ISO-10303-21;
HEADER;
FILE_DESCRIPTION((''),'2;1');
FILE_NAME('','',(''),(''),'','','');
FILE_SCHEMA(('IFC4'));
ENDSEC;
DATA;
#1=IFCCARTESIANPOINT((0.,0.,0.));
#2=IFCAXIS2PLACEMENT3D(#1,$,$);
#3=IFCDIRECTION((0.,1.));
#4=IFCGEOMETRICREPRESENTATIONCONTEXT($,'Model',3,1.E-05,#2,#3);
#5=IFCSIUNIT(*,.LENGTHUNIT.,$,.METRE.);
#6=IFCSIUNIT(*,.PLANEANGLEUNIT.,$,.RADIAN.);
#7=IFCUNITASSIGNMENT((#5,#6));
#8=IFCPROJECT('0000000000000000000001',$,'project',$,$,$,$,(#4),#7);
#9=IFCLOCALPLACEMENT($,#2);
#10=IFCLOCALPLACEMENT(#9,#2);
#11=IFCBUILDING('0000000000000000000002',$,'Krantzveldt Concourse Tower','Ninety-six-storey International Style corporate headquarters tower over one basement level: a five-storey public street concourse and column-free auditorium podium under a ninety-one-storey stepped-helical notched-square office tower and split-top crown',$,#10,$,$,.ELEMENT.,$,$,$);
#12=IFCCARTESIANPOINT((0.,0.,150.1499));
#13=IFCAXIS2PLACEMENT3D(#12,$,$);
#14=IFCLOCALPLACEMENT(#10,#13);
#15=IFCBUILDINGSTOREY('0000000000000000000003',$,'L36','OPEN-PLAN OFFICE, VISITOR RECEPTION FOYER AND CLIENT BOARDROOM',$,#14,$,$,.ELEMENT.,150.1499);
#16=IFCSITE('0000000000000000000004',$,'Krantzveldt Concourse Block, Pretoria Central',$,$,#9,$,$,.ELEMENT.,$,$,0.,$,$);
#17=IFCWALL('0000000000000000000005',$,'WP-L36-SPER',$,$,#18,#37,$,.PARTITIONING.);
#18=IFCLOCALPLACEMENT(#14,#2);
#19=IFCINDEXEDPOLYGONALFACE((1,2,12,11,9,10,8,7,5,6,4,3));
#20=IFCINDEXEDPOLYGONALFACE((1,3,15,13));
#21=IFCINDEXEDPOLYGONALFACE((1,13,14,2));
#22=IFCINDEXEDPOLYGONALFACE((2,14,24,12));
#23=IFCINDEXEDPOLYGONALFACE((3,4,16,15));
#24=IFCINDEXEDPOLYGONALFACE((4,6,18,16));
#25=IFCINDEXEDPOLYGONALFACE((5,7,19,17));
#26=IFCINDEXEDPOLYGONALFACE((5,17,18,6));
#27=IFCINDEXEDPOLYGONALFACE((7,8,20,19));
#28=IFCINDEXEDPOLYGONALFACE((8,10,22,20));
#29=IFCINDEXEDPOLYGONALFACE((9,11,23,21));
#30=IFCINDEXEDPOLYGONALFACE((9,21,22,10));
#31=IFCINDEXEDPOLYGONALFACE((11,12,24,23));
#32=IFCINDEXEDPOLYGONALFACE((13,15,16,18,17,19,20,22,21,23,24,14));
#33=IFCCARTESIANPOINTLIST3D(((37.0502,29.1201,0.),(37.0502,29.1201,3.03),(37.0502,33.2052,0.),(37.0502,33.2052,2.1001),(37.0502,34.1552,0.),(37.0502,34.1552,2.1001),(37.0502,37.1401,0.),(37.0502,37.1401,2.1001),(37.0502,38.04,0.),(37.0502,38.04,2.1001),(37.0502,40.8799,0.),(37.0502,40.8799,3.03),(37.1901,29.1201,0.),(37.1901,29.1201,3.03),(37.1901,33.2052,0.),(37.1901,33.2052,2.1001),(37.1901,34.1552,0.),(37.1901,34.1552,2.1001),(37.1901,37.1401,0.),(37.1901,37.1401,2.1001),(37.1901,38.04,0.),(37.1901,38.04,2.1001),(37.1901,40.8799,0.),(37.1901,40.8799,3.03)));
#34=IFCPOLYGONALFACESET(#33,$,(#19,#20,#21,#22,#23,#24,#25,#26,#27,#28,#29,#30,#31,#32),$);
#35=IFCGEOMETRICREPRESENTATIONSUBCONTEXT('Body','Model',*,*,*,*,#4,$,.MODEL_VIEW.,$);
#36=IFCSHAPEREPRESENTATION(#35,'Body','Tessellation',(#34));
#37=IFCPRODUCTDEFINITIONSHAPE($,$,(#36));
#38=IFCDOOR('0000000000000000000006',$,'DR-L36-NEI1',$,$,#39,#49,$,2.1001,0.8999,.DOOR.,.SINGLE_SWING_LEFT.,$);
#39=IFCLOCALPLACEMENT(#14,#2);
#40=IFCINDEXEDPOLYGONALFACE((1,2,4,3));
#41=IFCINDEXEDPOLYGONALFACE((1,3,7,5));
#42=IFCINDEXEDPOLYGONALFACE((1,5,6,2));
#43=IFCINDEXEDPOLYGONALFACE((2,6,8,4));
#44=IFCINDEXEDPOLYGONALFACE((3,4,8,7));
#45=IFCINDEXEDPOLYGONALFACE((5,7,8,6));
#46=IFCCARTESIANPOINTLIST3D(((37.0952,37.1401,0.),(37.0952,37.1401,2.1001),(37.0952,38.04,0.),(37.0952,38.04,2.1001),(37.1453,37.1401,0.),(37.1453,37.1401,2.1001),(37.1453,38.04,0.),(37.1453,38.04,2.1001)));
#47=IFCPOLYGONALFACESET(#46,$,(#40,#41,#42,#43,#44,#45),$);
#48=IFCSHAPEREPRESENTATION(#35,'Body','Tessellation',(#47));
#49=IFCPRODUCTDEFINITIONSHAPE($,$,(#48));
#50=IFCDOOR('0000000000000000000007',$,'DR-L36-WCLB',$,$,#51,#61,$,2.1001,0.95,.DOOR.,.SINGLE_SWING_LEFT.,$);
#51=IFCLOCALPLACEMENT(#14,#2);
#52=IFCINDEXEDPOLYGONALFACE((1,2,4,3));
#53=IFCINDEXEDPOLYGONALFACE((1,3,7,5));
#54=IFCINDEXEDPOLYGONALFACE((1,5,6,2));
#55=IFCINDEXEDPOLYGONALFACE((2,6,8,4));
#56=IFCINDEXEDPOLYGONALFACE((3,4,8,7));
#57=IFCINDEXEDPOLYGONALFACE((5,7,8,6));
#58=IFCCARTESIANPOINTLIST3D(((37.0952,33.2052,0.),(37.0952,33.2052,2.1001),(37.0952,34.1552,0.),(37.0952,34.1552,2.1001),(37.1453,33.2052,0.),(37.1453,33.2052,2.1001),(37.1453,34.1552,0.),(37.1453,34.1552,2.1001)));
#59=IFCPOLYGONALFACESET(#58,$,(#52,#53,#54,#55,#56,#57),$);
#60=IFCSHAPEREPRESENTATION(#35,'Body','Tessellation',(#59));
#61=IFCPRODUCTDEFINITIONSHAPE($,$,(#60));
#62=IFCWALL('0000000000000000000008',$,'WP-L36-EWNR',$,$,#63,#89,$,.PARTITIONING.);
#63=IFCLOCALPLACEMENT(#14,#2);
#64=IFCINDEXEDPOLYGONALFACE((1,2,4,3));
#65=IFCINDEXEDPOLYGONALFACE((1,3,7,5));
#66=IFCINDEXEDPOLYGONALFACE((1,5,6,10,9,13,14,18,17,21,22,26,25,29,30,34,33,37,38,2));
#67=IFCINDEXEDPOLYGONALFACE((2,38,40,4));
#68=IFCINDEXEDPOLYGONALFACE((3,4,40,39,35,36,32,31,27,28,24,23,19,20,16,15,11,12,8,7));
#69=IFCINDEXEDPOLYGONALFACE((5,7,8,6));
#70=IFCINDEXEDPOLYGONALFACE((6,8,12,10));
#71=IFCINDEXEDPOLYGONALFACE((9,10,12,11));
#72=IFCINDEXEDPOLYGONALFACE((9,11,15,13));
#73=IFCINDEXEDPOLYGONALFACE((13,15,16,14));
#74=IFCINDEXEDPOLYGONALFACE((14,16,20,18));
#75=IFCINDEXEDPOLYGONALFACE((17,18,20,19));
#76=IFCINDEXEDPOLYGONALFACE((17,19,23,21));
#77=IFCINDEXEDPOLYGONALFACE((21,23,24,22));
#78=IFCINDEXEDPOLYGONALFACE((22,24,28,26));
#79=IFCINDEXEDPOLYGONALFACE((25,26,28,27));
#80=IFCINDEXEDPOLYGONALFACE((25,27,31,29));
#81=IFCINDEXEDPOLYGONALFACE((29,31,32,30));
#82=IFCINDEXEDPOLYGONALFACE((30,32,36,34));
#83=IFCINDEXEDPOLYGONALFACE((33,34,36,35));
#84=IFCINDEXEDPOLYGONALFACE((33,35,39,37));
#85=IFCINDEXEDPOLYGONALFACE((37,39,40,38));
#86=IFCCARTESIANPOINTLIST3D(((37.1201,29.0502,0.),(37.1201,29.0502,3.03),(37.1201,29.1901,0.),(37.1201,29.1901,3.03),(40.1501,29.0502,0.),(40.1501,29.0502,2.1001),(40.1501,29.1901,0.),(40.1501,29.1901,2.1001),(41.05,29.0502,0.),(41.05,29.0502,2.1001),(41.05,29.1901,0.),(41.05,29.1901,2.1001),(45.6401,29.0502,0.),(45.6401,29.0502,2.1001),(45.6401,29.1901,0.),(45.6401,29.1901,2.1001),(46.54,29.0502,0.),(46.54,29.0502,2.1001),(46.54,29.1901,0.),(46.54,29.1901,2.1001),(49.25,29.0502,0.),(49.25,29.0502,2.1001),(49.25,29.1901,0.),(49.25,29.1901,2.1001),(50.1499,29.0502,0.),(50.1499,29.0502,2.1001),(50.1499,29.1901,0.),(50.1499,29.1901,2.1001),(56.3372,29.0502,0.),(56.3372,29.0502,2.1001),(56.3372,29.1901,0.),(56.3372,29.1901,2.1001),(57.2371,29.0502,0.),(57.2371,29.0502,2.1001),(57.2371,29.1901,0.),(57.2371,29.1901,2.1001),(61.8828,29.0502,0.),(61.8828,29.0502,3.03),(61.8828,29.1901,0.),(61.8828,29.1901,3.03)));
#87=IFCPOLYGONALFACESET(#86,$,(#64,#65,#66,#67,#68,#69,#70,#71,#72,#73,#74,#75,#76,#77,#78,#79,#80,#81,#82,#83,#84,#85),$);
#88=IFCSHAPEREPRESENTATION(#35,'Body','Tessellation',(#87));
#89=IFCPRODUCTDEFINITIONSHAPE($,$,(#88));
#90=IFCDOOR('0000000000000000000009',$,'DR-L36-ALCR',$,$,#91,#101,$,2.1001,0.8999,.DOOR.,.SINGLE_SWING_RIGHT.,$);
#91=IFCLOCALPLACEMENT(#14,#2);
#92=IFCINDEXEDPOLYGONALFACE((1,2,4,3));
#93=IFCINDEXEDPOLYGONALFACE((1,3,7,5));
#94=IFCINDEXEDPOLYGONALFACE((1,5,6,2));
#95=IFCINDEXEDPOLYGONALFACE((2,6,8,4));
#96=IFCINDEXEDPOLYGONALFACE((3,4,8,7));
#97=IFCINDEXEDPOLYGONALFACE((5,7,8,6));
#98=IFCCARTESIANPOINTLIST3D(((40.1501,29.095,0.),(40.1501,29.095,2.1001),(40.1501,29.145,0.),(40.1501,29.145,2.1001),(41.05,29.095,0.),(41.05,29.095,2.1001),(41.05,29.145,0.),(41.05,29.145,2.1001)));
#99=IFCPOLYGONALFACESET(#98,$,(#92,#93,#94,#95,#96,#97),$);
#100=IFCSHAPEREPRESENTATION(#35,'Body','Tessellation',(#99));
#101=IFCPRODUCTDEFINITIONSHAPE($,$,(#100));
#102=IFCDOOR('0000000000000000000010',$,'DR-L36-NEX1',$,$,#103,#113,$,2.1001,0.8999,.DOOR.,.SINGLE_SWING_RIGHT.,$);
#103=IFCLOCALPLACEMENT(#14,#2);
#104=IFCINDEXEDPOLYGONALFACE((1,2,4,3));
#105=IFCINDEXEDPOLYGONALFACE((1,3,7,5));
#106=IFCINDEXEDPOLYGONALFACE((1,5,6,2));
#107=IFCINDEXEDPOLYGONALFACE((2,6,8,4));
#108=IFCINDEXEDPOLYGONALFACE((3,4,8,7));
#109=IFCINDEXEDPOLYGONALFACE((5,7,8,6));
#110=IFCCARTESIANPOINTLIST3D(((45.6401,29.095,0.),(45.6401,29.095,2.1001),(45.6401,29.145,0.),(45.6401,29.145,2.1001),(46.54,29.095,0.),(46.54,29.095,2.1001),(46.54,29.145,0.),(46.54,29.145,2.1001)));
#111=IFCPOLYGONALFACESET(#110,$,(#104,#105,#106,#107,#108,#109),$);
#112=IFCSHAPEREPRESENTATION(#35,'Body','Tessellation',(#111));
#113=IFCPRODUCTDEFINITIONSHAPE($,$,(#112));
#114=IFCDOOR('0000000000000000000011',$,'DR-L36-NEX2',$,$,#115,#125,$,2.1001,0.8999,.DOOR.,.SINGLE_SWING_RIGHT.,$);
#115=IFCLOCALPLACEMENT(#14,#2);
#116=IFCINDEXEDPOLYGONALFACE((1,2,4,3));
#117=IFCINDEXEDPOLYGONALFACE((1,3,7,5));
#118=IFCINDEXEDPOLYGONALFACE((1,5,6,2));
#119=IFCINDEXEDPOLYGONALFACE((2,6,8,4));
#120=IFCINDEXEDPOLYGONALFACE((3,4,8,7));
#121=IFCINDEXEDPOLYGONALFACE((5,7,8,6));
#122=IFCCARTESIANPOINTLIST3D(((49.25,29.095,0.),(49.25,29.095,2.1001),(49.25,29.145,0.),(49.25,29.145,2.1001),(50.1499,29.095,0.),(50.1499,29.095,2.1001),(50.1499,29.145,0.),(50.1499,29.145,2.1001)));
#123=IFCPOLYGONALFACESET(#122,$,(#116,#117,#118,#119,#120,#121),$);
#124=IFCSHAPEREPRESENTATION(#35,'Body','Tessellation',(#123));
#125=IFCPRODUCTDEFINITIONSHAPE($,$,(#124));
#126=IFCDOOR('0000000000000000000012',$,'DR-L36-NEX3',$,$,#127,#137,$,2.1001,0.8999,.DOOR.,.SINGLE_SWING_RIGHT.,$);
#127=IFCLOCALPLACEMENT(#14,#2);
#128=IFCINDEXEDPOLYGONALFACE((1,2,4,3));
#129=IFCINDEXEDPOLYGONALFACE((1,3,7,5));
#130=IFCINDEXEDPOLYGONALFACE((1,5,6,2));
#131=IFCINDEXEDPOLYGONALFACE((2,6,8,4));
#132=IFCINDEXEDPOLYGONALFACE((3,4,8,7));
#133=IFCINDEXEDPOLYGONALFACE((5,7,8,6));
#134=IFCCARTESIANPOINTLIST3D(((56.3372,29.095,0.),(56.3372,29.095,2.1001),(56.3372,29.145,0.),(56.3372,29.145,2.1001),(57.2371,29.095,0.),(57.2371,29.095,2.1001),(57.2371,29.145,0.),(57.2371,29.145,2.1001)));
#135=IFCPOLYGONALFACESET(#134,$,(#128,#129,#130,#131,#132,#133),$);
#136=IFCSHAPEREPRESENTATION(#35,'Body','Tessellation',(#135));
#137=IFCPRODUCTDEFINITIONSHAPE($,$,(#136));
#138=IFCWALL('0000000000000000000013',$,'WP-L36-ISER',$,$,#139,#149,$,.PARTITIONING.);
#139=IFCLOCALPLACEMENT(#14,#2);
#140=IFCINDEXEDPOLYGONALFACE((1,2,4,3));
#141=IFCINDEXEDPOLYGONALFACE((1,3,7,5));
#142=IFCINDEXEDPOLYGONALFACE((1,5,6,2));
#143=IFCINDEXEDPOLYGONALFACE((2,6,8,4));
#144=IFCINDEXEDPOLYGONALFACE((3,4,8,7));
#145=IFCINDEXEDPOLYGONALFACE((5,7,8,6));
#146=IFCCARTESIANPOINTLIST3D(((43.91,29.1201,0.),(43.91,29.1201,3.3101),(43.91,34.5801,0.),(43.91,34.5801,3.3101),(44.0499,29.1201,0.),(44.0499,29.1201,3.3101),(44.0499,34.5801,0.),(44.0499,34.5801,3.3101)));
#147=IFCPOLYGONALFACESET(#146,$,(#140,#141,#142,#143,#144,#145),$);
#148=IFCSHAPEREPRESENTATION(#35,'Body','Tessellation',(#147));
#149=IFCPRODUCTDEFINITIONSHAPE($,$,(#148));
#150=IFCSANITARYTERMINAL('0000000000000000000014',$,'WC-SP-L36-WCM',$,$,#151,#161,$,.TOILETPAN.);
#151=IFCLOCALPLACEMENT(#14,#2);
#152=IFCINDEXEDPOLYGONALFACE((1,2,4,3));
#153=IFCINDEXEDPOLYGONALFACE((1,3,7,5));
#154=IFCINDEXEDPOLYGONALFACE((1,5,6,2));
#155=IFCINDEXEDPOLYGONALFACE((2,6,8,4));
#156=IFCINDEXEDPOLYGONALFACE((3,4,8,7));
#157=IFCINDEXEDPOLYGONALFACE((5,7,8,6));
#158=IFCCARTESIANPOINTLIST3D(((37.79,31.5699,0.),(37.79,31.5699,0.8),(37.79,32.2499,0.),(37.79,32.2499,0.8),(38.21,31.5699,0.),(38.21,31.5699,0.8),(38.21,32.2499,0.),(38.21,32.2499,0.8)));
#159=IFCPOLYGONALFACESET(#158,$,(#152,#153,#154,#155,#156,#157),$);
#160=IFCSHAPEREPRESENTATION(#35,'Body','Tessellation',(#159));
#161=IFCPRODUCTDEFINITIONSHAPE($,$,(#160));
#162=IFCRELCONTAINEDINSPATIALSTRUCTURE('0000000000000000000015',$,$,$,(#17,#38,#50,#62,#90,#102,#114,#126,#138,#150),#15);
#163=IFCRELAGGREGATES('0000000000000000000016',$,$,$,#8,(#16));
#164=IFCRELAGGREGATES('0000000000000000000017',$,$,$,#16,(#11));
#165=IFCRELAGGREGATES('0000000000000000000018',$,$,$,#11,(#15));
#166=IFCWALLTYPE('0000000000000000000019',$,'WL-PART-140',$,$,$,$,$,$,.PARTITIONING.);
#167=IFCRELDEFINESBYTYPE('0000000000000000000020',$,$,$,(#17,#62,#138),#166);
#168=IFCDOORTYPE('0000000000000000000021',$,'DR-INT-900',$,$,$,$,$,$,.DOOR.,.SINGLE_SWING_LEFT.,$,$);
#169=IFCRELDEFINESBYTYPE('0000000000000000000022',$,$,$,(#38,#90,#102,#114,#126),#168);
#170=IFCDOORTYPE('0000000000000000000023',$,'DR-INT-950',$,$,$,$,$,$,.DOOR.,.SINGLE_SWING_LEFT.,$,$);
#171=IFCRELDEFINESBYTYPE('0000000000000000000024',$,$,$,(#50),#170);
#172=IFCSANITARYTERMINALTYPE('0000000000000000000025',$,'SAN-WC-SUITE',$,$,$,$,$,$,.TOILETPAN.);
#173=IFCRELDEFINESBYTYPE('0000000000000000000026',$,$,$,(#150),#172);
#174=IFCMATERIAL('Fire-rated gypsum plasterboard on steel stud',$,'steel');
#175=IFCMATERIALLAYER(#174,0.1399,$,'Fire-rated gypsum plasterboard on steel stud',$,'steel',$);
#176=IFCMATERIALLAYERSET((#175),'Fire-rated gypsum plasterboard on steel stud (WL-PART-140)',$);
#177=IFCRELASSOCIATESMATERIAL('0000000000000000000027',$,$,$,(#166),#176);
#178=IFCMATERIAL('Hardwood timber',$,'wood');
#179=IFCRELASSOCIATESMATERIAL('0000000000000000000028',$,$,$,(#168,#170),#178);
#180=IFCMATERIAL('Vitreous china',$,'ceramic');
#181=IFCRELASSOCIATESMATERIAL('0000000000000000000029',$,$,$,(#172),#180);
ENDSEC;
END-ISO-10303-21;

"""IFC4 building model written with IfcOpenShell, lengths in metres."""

from ifc_helpers import new_model, si_unit, direction, frame, frame_2d, origin, origin_2d, place, context, subcontext, project, spatial, rectangle, extrude, source, transform, mapped, material, layer, layer_set, type_object, type_shapes, element, fill, save


model = new_model("IFC4")

# Units and contexts
model_context = context("Model", 3, precision=1e-05, world=origin(), true_north=direction((0.0, 1.0)))
body_context = subcontext(model_context, "Body", "Model", "MODEL_VIEW")
ifc_project = project(units=[si_unit("LENGTHUNIT", "METRE"), si_unit("PLANEANGLEUNIT", "RADIAN")], contexts=[model_context])

# Site, building, storey
site_placement = place(None, origin())
site = spatial("IfcSite", under=ifc_project, at=site_placement, Name="Krantzveldt Concourse Block, Pretoria Central", CompositionType="ELEMENT", RefElevation=0.0)
building_placement = place(site_placement, origin())
building = spatial("IfcBuilding", under=site, at=building_placement, Name="Krantzveldt Concourse Tower", Description="Ninety-six-storey International Style corporate headquarters tower over one basement level: a five-storey public street concourse and column-free auditorium podium under a ninety-one-storey stepped-helical notched-square office tower and split-top crown", CompositionType="ELEMENT")
storey_placement = place(building_placement, frame((0.0, 0.0, 150.1499)))
storey = spatial("IfcBuildingStorey", under=building, at=storey_placement, Name="L36", Description="OPEN-PLAN OFFICE, VISITOR RECEPTION FOYER AND CLIENT BOARDROOM", CompositionType="ELEMENT", Elevation=150.1499)

# Shared definitions
ifc_material_1 = material(Name="Fire-rated gypsum plasterboard on steel stud", Category="steel")

# Walls, openings, doors
ifc_layer_1 = layer(ifc_material_1, 0.1399, Name="Fire-rated gypsum plasterboard on steel stud", Category="steel")
ifc_layer_set_1 = layer_set([ifc_layer_1], Name="Fire-rated gypsum plasterboard on steel stud (WL-PART-140)")
wall_type_1 = type_object("IfcWallType", Name="WL-PART-140", PredefinedType="PARTITIONING", material=ifc_layer_set_1)
wall_1_placement = place(storey_placement, frame((37.1201, 29.1201, 0.0), z_axis=(0.0, 0.0, 1.0), x_axis=(0.0, 1.0, 0.0)))
wall_1 = element("IfcWall", 1, at=wall_1_placement, inside=storey, type_object=wall_type_1, Name="WP-L36-SPER", PredefinedType="PARTITIONING", context=body_context, shape_type="SweptSolid", body=[
    extrude(rectangle(XDim=11.7598, YDim=0.1399, at=frame_2d((5.8799, 0.0))), origin(), (0.0, 0.0, 1.0), 3.03),
])
opening_1_placement = place(wall_1_placement, frame((4.085, 0.0, 0.0)))
opening_1 = element("IfcOpeningElement", 2, at=opening_1_placement, cuts=wall_1, PredefinedType="OPENING", context=body_context, shape_type="SweptSolid", body=[
    extrude(rectangle(XDim=0.95, YDim=2.1001, at=frame_2d((0.4751, 1.05))), frame((0.0, 0.0801, 0.0), z_axis=(0.0, -1.0, 0.0), x_axis=(1.0, 0.0, 0.0)), (0.0, 0.0, 1.0), 0.1599),
])
opening_2_placement = place(wall_1_placement, frame((8.02, 0.0, 0.0)))
opening_2 = element("IfcOpeningElement", 3, at=opening_2_placement, cuts=wall_1, PredefinedType="OPENING", context=body_context, shape_type="SweptSolid", body=[
    extrude(rectangle(XDim=0.8999, YDim=2.1001, at=frame_2d((0.45, 1.05))), frame((0.0, 0.0801, 0.0), z_axis=(0.0, -1.0, 0.0), x_axis=(1.0, 0.0, 0.0)), (0.0, 0.0, 1.0), 0.1599),
])
ifc_material_2 = material(Name="Hardwood timber", Category="wood")
door_type_1 = type_object("IfcDoorType", Name="DR-INT-900", OperationType="SINGLE_SWING_LEFT", PredefinedType="DOOR", material=ifc_material_2)
door_1_placement = place(opening_2_placement, origin())
door_1 = element("IfcDoor", 4, at=door_1_placement, inside=storey, type_object=door_type_1, Name="DR-L36-NEI1", OperationType="SINGLE_SWING_LEFT", OverallHeight=2.1001, OverallWidth=0.8999, PredefinedType="DOOR", context=body_context, shape_type="SweptSolid", body=[
    extrude(rectangle(XDim=0.8999, YDim=2.1001, at=frame_2d((0.45, 1.05))), frame((0.0, 0.0249, 0.0), z_axis=(0.0, -1.0, 0.0), x_axis=(1.0, 0.0, 0.0)), (0.0, 0.0, 1.0), 0.05),
])
fill(opening_2, door_1)
door_type_2 = type_object("IfcDoorType", Name="DR-INT-950", OperationType="SINGLE_SWING_LEFT", PredefinedType="DOOR", material=ifc_material_2)
door_2_placement = place(opening_1_placement, origin())
door_2 = element("IfcDoor", 5, at=door_2_placement, inside=storey, type_object=door_type_2, Name="DR-L36-WCLB", OperationType="SINGLE_SWING_LEFT", OverallHeight=2.1001, OverallWidth=0.95, PredefinedType="DOOR", context=body_context, shape_type="SweptSolid", body=[
    extrude(rectangle(XDim=0.95, YDim=2.1001, at=frame_2d((0.4751, 1.05))), frame((0.0, 0.0249, 0.0), z_axis=(0.0, -1.0, 0.0), x_axis=(1.0, 0.0, 0.0)), (0.0, 0.0, 1.0), 0.05),
])
fill(opening_1, door_2)
wall_2_placement = place(storey_placement, frame((37.1201, 29.1201, 0.0), z_axis=(0.0, 0.0, 1.0), x_axis=(1.0, 0.0, 0.0)))
wall_2 = element("IfcWall", 6, at=wall_2_placement, inside=storey, type_object=wall_type_1, Name="WP-L36-EWNR", PredefinedType="PARTITIONING", context=body_context, shape_type="SweptSolid", body=[
    extrude(rectangle(XDim=24.7627, YDim=0.1399, at=frame_2d((12.3813, 0.0))), origin(), (0.0, 0.0, 1.0), 3.03),
])
opening_3_placement = place(wall_2_placement, frame((3.03, 0.0, 0.0)))
opening_3 = element("IfcOpeningElement", 7, at=opening_3_placement, cuts=wall_2, PredefinedType="OPENING", context=body_context, shape_type="SweptSolid", body=[
    extrude(rectangle(XDim=0.8999, YDim=2.1001, at=frame_2d((0.45, 1.05))), frame((0.0, 0.0801, 0.0), z_axis=(0.0, -1.0, 0.0), x_axis=(1.0, 0.0, 0.0)), (0.0, 0.0, 1.0), 0.1599),
])
opening_4_placement = place(wall_2_placement, frame((8.52, 0.0, 0.0)))
opening_4 = element("IfcOpeningElement", 8, at=opening_4_placement, cuts=wall_2, PredefinedType="OPENING", context=body_context, shape_type="SweptSolid", body=[
    extrude(rectangle(XDim=0.8999, YDim=2.1001, at=frame_2d((0.45, 1.05))), frame((0.0, 0.0801, 0.0), z_axis=(0.0, -1.0, 0.0), x_axis=(1.0, 0.0, 0.0)), (0.0, 0.0, 1.0), 0.1599),
])
opening_5_placement = place(wall_2_placement, frame((12.1299, 0.0, 0.0)))
opening_5 = element("IfcOpeningElement", 9, at=opening_5_placement, cuts=wall_2, PredefinedType="OPENING", context=body_context, shape_type="SweptSolid", body=[
    extrude(rectangle(XDim=0.8999, YDim=2.1001, at=frame_2d((0.45, 1.05))), frame((0.0, 0.0801, 0.0), z_axis=(0.0, -1.0, 0.0), x_axis=(1.0, 0.0, 0.0)), (0.0, 0.0, 1.0), 0.1599),
])
opening_6_placement = place(wall_2_placement, frame((19.217, 0.0, 0.0)))
opening_6 = element("IfcOpeningElement", 10, at=opening_6_placement, cuts=wall_2, PredefinedType="OPENING", context=body_context, shape_type="SweptSolid", body=[
    extrude(rectangle(XDim=0.8999, YDim=2.1001, at=frame_2d((0.45, 1.05))), frame((0.0, 0.0801, 0.0), z_axis=(0.0, -1.0, 0.0), x_axis=(1.0, 0.0, 0.0)), (0.0, 0.0, 1.0), 0.1599),
])
door_3_placement = place(opening_3_placement, origin())
door_3 = element("IfcDoor", 11, at=door_3_placement, inside=storey, type_object=door_type_1, Name="DR-L36-ALCR", OperationType="SINGLE_SWING_RIGHT", OverallHeight=2.1001, OverallWidth=0.8999, PredefinedType="DOOR", context=body_context, shape_type="SweptSolid", body=[
    extrude(rectangle(XDim=0.8999, YDim=2.1001, at=frame_2d((0.45, 1.05))), frame((0.0, 0.0249, 0.0), z_axis=(0.0, -1.0, 0.0), x_axis=(1.0, 0.0, 0.0)), (0.0, 0.0, 1.0), 0.05),
])
fill(opening_3, door_3)
door_4_placement = place(opening_4_placement, origin())
door_4 = element("IfcDoor", 12, at=door_4_placement, inside=storey, type_object=door_type_1, Name="DR-L36-NEX1", OperationType="SINGLE_SWING_RIGHT", OverallHeight=2.1001, OverallWidth=0.8999, PredefinedType="DOOR", context=body_context, shape_type="SweptSolid", body=[
    extrude(rectangle(XDim=0.8999, YDim=2.1001, at=frame_2d((0.45, 1.05))), frame((0.0, 0.0249, 0.0), z_axis=(0.0, -1.0, 0.0), x_axis=(1.0, 0.0, 0.0)), (0.0, 0.0, 1.0), 0.05),
])
fill(opening_4, door_4)
door_5_placement = place(opening_5_placement, origin())
door_5 = element("IfcDoor", 13, at=door_5_placement, inside=storey, type_object=door_type_1, Name="DR-L36-NEX2", OperationType="SINGLE_SWING_RIGHT", OverallHeight=2.1001, OverallWidth=0.8999, PredefinedType="DOOR", context=body_context, shape_type="SweptSolid", body=[
    extrude(rectangle(XDim=0.8999, YDim=2.1001, at=frame_2d((0.45, 1.05))), frame((0.0, 0.0249, 0.0), z_axis=(0.0, -1.0, 0.0), x_axis=(1.0, 0.0, 0.0)), (0.0, 0.0, 1.0), 0.05),
])
fill(opening_5, door_5)
door_6_placement = place(opening_6_placement, origin())
door_6 = element("IfcDoor", 14, at=door_6_placement, inside=storey, type_object=door_type_1, Name="DR-L36-NEX3", OperationType="SINGLE_SWING_RIGHT", OverallHeight=2.1001, OverallWidth=0.8999, PredefinedType="DOOR", context=body_context, shape_type="SweptSolid", body=[
    extrude(rectangle(XDim=0.8999, YDim=2.1001, at=frame_2d((0.45, 1.05))), frame((0.0, 0.0249, 0.0), z_axis=(0.0, -1.0, 0.0), x_axis=(1.0, 0.0, 0.0)), (0.0, 0.0, 1.0), 0.05),
])
fill(opening_6, door_6)

# Wall
wall_3_placement = place(storey_placement, frame((43.98, 29.1201, 0.0), z_axis=(0.0, 0.0, 1.0), x_axis=(0.0, 1.0, 0.0)))
element("IfcWall", 15, at=wall_3_placement, inside=storey, type_object=wall_type_1, Name="WP-L36-ISER", PredefinedType="PARTITIONING", context=body_context, shape_type="SweptSolid", body=[
    extrude(rectangle(XDim=5.46, YDim=0.1399, at=frame_2d((2.73, 0.0))), origin(), (0.0, 0.0, 1.0), 3.3101),
])

# Sanitary terminal
ifc_material_3 = material(Name="Vitreous china", Category="ceramic")
sanitary_terminal_type_1 = type_object("IfcSanitaryTerminalType", Name="SAN-WC-SUITE", PredefinedType="TOILETPAN", material=ifc_material_3)
shared_shape_1 = source(origin(), body_context, "Body", "SweptSolid", [
    extrude(rectangle(XDim=0.4199, YDim=0.6799, at=origin_2d()), origin(), (0.0, 0.0, 1.0), 0.8),
])
type_shapes(sanitary_terminal_type_1, [shared_shape_1])
for number, where, z_axis, x_axis, name in (
    (16, (38.0, 31.9099, 0.0), (0.0, 0.0, 1.0), (1.0, 0.0, 0.0), "WC-SP-L36-WCM"),
):
    element("IfcSanitaryTerminal", number, at=place(storey_placement, frame(where, z_axis=z_axis, x_axis=x_axis)), inside=storey, type_object=sanitary_terminal_type_1, Name=name, PredefinedType="TOILETPAN", context=body_context, shape_type="MappedRepresentation", body=[
        mapped(shared_shape_1, transform((0.0, 0.0, 0.0), x_axis=(1.0, 0.0, 0.0), y_axis=(0.0, 1.0, 0.0), z_axis=(0.0, 0.0, 1.0), scale=1.0)),
    ])

save(model, "model.ifc")
